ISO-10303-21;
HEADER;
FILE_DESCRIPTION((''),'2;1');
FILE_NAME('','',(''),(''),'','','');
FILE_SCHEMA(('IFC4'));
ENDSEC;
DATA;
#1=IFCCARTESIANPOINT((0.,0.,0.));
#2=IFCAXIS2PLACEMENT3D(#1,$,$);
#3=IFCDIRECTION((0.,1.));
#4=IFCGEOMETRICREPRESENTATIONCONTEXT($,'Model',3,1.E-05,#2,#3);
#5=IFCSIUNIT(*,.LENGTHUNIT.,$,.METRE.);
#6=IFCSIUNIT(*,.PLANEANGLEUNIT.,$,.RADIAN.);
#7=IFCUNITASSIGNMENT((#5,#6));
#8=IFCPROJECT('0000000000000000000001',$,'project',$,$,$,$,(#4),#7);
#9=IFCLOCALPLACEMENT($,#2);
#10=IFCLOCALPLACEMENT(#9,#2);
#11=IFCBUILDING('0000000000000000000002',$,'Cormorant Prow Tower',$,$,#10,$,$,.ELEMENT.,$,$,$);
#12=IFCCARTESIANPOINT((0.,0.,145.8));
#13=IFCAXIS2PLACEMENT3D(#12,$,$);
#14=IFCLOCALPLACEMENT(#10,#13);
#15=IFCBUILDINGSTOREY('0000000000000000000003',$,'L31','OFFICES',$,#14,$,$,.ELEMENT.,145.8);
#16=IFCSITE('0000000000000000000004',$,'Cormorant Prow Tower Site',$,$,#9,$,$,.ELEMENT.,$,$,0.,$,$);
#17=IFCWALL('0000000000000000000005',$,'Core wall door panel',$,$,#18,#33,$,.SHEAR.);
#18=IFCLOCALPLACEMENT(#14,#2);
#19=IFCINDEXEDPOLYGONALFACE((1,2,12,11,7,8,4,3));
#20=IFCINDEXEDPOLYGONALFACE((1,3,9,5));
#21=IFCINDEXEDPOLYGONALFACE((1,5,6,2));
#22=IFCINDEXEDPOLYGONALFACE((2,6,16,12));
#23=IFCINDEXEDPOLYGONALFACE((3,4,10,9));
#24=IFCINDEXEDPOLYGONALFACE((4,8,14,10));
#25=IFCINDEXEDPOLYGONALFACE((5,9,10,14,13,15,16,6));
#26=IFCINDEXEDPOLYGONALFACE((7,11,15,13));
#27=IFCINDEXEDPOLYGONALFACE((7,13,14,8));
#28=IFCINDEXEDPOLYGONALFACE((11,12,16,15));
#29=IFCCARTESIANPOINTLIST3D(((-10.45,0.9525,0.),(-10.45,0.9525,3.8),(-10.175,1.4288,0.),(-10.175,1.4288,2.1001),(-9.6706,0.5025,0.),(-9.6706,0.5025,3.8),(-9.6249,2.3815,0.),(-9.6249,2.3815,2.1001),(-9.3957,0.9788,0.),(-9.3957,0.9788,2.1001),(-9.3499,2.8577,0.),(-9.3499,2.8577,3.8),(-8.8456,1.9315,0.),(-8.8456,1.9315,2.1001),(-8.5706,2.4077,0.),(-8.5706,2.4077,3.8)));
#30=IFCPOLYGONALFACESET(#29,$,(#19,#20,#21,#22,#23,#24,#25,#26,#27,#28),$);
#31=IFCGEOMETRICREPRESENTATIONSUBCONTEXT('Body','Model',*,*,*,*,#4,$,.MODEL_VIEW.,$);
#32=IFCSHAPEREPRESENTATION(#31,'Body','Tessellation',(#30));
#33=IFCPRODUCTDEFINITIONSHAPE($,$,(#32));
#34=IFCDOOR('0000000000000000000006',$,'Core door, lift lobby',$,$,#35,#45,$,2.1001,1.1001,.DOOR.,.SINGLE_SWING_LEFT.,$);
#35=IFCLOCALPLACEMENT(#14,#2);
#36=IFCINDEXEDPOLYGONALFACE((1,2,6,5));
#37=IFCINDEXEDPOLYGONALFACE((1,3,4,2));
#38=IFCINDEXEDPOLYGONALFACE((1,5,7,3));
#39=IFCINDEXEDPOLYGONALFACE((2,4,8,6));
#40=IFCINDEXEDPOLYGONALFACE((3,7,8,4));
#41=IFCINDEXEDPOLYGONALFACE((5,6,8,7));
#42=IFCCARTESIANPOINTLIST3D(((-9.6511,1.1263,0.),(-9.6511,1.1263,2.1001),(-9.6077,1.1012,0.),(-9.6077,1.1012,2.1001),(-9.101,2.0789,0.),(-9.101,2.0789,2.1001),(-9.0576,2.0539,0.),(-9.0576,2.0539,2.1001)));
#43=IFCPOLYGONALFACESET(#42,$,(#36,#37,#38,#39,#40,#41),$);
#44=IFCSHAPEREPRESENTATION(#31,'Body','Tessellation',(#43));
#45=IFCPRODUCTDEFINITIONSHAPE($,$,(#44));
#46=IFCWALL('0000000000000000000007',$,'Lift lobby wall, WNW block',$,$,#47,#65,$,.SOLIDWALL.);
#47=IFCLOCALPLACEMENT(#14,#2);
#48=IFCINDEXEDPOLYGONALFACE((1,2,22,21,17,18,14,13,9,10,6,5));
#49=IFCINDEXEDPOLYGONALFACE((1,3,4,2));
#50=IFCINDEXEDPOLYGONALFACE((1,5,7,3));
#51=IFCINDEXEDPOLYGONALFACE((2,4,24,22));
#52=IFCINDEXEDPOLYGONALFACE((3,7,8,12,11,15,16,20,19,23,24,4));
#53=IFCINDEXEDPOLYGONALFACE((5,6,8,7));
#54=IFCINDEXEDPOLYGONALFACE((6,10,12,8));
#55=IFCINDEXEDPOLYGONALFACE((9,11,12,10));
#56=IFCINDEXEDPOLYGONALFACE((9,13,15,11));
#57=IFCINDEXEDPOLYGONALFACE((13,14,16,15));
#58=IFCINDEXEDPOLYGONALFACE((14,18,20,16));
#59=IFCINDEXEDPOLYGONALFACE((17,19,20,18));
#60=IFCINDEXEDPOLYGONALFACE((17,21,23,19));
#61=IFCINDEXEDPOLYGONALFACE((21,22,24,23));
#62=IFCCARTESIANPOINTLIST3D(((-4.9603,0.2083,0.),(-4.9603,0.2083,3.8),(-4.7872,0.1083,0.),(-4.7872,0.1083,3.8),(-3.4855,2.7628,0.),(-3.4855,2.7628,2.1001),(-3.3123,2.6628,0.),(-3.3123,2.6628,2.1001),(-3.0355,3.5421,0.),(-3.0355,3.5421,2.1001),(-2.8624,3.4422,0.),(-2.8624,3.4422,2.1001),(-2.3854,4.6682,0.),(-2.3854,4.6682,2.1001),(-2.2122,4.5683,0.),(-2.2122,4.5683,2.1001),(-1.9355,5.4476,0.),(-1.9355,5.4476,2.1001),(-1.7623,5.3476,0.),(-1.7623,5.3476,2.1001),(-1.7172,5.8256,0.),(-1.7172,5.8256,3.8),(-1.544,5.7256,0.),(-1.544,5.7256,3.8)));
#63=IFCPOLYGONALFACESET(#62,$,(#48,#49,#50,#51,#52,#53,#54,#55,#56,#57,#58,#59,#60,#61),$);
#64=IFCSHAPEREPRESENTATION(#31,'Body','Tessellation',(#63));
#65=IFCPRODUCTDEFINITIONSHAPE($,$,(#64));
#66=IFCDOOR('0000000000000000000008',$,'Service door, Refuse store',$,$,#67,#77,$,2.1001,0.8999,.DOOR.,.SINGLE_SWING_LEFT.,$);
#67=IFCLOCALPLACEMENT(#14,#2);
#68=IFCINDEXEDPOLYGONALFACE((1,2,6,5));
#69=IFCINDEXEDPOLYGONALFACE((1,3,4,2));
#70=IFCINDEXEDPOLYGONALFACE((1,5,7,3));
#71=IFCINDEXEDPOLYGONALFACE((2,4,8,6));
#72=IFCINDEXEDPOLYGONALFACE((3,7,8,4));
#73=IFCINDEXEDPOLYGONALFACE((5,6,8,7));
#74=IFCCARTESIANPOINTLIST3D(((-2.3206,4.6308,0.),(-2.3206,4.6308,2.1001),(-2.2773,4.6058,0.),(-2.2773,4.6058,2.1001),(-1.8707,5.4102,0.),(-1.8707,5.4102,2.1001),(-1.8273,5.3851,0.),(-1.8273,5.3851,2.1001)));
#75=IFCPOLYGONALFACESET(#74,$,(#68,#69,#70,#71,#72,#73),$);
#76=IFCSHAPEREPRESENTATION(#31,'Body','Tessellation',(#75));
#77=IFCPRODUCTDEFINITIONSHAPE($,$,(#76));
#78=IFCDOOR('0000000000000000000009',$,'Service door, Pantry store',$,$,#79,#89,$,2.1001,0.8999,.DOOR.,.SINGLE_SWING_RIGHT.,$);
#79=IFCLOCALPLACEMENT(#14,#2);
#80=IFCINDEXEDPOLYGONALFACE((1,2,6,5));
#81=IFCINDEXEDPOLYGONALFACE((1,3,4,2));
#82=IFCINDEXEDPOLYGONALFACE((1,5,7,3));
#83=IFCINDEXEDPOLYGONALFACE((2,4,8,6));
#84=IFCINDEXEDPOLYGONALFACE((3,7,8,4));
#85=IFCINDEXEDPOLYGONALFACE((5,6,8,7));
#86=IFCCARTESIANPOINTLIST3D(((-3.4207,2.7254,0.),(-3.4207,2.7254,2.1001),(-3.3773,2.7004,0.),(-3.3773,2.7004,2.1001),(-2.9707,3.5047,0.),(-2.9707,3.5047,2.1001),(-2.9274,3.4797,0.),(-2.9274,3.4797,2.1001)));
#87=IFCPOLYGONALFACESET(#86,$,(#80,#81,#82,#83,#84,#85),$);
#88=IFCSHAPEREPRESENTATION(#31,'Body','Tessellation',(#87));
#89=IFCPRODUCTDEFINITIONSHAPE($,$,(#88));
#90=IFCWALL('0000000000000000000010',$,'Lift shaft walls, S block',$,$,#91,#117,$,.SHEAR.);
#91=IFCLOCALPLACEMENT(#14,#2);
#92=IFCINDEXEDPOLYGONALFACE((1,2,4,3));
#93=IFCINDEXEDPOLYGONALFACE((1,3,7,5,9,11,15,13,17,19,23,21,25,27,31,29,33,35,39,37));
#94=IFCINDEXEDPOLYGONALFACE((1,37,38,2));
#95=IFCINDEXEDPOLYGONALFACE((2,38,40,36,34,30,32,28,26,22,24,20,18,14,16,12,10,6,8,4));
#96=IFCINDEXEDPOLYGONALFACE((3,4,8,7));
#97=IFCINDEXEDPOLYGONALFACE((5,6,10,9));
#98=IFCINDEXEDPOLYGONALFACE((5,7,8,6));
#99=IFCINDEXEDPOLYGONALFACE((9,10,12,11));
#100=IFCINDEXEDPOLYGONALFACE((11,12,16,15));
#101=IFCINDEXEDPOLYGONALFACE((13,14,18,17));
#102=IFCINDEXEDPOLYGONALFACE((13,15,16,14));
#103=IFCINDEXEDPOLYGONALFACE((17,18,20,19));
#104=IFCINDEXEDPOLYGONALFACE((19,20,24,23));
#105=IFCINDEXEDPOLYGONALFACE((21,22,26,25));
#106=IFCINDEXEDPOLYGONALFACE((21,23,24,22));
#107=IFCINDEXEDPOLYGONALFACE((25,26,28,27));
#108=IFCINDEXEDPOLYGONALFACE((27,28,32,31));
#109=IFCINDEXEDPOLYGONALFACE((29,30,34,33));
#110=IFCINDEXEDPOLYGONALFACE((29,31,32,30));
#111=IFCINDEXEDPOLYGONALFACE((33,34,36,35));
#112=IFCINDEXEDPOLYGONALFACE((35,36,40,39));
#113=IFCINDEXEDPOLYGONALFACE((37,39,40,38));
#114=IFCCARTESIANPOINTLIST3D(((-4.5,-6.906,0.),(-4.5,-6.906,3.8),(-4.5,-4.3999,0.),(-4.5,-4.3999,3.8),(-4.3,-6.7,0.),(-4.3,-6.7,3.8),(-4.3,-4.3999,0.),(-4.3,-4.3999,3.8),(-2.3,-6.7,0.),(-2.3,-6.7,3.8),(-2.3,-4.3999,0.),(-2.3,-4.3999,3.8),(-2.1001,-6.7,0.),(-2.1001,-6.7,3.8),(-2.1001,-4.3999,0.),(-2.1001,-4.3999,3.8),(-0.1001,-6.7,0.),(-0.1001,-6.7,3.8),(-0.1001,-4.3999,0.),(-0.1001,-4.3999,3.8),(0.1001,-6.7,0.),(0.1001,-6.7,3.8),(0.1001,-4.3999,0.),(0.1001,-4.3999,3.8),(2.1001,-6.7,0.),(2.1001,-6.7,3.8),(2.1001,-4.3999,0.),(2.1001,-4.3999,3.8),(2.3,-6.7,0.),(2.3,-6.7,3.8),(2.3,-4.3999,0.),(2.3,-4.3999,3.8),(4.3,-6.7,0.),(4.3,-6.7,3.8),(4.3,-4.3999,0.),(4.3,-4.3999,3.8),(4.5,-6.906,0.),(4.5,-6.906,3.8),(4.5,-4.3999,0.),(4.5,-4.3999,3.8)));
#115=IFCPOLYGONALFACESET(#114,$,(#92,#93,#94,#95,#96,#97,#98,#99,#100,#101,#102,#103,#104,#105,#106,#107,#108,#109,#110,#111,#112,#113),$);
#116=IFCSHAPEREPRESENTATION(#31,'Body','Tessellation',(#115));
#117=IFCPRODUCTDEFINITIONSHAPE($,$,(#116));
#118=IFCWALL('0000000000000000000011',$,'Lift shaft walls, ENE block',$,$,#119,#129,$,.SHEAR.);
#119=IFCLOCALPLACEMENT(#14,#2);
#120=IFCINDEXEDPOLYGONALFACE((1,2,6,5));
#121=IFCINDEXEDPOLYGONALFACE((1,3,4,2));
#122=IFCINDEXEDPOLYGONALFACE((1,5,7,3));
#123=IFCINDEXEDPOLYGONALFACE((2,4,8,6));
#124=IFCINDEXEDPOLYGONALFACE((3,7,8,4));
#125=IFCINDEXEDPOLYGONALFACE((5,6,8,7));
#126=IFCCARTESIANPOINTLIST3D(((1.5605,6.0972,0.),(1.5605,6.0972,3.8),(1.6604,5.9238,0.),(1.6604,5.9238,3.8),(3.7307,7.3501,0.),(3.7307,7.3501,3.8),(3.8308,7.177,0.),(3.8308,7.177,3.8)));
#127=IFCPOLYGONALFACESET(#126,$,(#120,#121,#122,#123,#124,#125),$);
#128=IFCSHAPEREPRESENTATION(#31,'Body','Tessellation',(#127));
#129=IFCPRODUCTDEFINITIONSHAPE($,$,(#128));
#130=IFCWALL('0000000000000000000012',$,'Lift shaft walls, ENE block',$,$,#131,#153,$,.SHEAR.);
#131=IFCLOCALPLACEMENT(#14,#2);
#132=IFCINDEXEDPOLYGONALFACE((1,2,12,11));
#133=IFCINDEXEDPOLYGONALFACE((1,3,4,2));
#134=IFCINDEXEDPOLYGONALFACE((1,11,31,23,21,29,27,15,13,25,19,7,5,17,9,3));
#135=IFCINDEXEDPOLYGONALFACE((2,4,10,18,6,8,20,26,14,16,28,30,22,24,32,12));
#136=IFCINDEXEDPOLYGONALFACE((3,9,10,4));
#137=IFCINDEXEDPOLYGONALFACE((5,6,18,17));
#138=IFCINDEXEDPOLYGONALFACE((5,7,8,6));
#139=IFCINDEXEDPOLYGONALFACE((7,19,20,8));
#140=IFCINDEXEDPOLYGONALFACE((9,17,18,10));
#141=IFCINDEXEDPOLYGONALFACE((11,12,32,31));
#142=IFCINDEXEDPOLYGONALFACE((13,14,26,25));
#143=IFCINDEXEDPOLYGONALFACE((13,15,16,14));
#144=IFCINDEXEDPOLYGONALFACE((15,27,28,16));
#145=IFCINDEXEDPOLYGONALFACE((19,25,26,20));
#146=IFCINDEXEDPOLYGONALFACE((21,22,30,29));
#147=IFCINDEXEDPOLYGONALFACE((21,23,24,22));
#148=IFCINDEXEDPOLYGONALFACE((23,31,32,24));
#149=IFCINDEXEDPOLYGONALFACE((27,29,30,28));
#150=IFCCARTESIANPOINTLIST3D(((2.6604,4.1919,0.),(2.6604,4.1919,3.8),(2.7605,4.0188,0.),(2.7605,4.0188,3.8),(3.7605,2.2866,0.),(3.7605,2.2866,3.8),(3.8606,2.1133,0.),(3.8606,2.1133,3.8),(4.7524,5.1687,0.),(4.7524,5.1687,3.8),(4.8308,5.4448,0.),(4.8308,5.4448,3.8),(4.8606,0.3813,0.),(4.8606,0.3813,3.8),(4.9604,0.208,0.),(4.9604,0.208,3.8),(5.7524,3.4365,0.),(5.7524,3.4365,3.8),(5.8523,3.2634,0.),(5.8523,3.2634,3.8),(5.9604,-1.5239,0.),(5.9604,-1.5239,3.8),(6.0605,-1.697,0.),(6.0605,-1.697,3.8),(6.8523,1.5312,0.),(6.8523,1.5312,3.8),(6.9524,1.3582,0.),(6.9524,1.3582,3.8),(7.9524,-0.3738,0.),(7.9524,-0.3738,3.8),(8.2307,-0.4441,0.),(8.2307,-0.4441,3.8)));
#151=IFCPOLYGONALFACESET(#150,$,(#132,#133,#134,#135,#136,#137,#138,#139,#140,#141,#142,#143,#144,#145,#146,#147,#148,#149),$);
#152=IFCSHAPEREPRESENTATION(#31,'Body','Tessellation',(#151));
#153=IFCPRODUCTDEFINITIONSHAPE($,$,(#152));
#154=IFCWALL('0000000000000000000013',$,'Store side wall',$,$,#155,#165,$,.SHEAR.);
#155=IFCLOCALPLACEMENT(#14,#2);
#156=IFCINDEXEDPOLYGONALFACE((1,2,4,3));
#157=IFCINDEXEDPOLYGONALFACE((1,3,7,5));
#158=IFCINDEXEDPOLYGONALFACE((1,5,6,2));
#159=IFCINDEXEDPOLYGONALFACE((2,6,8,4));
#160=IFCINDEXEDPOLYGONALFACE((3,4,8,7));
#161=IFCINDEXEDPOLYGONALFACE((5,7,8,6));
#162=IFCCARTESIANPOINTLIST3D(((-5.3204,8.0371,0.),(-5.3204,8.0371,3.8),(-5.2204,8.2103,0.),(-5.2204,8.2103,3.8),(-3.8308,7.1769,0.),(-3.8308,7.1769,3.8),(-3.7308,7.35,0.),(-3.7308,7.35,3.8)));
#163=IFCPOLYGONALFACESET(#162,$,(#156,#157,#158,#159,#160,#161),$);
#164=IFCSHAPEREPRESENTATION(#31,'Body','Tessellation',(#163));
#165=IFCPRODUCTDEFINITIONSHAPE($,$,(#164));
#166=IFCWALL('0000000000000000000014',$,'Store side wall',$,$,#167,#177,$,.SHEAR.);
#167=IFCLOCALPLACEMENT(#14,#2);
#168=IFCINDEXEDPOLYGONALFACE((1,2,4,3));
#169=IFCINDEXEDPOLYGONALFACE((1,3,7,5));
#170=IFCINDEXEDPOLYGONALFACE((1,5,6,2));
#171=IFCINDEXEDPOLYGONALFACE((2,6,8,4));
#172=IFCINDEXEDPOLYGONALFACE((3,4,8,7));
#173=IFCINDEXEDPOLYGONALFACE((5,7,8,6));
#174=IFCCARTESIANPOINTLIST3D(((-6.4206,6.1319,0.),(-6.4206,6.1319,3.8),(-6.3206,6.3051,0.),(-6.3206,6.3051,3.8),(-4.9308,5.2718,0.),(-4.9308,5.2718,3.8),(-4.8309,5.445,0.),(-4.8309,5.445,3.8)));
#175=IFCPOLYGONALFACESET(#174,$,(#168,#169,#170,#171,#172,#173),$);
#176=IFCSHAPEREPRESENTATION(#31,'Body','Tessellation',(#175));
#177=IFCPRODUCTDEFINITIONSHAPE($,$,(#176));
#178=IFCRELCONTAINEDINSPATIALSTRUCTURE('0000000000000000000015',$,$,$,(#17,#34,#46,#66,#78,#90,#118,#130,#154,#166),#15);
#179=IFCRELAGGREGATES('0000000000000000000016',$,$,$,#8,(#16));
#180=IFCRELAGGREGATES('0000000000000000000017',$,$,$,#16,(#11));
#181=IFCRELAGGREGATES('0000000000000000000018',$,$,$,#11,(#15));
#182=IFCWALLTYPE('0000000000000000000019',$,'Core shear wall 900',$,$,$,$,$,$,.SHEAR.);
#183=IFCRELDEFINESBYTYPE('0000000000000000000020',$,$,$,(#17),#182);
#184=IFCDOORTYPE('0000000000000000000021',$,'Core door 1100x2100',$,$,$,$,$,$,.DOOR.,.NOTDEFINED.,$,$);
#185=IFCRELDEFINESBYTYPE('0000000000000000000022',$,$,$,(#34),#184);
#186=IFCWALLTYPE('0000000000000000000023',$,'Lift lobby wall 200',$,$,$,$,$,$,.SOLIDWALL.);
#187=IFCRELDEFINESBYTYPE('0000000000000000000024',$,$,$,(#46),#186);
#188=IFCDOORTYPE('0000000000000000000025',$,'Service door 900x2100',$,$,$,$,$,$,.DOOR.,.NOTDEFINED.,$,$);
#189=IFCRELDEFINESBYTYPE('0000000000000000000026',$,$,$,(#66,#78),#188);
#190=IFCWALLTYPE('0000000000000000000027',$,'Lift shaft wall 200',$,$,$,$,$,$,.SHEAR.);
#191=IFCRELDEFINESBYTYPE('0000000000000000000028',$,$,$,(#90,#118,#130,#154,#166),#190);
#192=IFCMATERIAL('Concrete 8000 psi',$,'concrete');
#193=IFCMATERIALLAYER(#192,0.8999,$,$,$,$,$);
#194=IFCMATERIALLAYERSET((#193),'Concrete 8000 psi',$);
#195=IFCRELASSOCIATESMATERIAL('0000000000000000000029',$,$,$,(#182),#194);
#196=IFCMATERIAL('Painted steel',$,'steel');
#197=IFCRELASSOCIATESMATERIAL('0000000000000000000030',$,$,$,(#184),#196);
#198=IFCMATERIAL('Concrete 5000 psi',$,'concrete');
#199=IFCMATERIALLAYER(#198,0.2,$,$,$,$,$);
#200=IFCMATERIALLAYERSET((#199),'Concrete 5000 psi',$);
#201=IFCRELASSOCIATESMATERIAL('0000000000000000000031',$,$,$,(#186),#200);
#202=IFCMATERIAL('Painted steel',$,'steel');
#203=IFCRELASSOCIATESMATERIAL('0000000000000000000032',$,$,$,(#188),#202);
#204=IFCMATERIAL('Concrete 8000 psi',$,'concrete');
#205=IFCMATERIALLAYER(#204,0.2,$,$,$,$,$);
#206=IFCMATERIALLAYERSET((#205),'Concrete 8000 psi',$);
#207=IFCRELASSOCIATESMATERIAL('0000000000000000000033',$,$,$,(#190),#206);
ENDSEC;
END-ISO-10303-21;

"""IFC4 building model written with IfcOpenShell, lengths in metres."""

from ifc_helpers import new_model, si_unit, direction, frame, frame_2d, origin, place, context, subcontext, project, spatial, polyline, rectangle, outline, extrude, material, layer, layer_set, type_object, element, fill, save


model = new_model("IFC4")

# Units and contexts
model_context = context("Model", 3, precision=1e-05, world=origin(), true_north=direction((0.0, 1.0)))
body_context = subcontext(model_context, "Body", "Model", "MODEL_VIEW")
ifc_project = project(units=[si_unit("LENGTHUNIT", "METRE"), si_unit("PLANEANGLEUNIT", "RADIAN")], contexts=[model_context])

# Site, building, storey
site_placement = place(None, origin())
site = spatial("IfcSite", under=ifc_project, at=site_placement, Name="Cormorant Prow Tower Site", CompositionType="ELEMENT", RefElevation=0.0)
building_placement = place(site_placement, origin())
building = spatial("IfcBuilding", under=site, at=building_placement, Name="Cormorant Prow Tower", CompositionType="ELEMENT")
storey_placement = place(building_placement, frame((0.0, 0.0, 145.8)))
storey = spatial("IfcBuildingStorey", under=building, at=storey_placement, Name="L31", Description="OFFICES", CompositionType="ELEMENT", Elevation=145.8)

# Shared definitions
ifc_material_1 = material(Name="Concrete 8000 psi", Category="concrete")
ifc_layer_1 = layer(ifc_material_1, 0.8999)
ifc_layer_set_1 = layer_set([ifc_layer_1], Name="Concrete 8000 psi")
wall_type_1 = type_object("IfcWallType", Name="Core shear wall 900", PredefinedType="SHEAR", material=ifc_layer_set_1)

# Wall, opening, door
wall_1_placement = place(storey_placement, frame((-8.9602, 2.6328, 0.0), z_axis=(0.0, 0.0, 1.0), x_axis=(-0.50003, -0.866008, 0.0)))
wall_1 = element("IfcWall", 1, at=wall_1_placement, inside=storey, type_object=wall_type_1, Name="Core wall door panel", PredefinedType="SHEAR", context=body_context, shape_type="SweptSolid", body=[
    extrude(rectangle(XDim=2.2, YDim=0.8999, at=frame_2d((1.1001, 0.0))), origin(), (0.0, 0.0, 1.0), 3.8),
])
opening_1_placement = place(wall_1_placement, frame((0.55, 0.0, 0.0)))
opening_1 = element("IfcOpeningElement", 2, at=opening_1_placement, cuts=wall_1, PredefinedType="OPENING", context=body_context, shape_type="SweptSolid", body=[
    extrude(rectangle(XDim=1.1001, YDim=2.1001, at=frame_2d((0.55, 1.05))), frame((0.0, 0.46, 0.0), z_axis=(0.0, -1.0, 0.0), x_axis=(1.0, 0.0, 0.0)), (0.0, 0.0, 1.0), 0.9199),
])
ifc_material_2 = material(Name="Painted steel", Category="steel")
door_type_1 = type_object("IfcDoorType", Name="Core door 1100x2100", OperationType="NOTDEFINED", PredefinedType="DOOR", material=ifc_material_2)
door_1_placement = place(opening_1_placement, origin())
door_1 = element("IfcDoor", 3, at=door_1_placement, inside=storey, type_object=door_type_1, Name="Core door, lift lobby", OperationType="SINGLE_SWING_LEFT", OverallHeight=2.1001, OverallWidth=1.1001, PredefinedType="DOOR", context=body_context, shape_type="SweptSolid", body=[
    extrude(rectangle(XDim=1.1001, YDim=2.1001, at=frame_2d((0.55, 1.05))), frame((0.0, 0.2051, 0.0), z_axis=(0.0, -1.0, 0.0), x_axis=(1.0, 0.0, 0.0)), (0.0, 0.0, 1.0), 0.05),
])
fill(opening_1, door_1)

# Wall, openings, doors
ifc_material_3 = material(Name="Concrete 5000 psi", Category="concrete")
ifc_layer_2 = layer(ifc_material_3, 0.2)
ifc_layer_set_2 = layer_set([ifc_layer_2], Name="Concrete 5000 psi")
wall_type_2 = type_object("IfcWallType", Name="Lift lobby wall 200", PredefinedType="SOLIDWALL", material=ifc_layer_set_2)
wall_2_placement = place(storey_placement, frame((-1.6306, 5.7756, 0.0), z_axis=(0.0, 0.0, 1.0), x_axis=(-0.499993, -0.86603, 0.0)))
wall_2 = element("IfcWall", 4, at=wall_2_placement, inside=storey, type_object=wall_type_2, Name="Lift lobby wall, WNW block", PredefinedType="SOLIDWALL", context=body_context, shape_type="SweptSolid", body=[
    extrude(rectangle(XDim=6.4863, YDim=0.2, at=frame_2d((3.2432, 0.0))), origin(), (0.0, 0.0, 1.0), 3.8),
])
opening_2_placement = place(wall_2_placement, frame((0.4365, 0.0, 0.0)))
opening_2 = element("IfcOpeningElement", 5, at=opening_2_placement, cuts=wall_2, PredefinedType="OPENING", context=body_context, shape_type="SweptSolid", body=[
    extrude(rectangle(XDim=0.8999, YDim=2.1001, at=frame_2d((0.45, 1.05))), frame((0.0, 0.1099, 0.0), z_axis=(0.0, -1.0, 0.0), x_axis=(1.0, 0.0, 0.0)), (0.0, 0.0, 1.0), 0.22),
])
opening_3_placement = place(wall_2_placement, frame((2.6367, 0.0, 0.0)))
opening_3 = element("IfcOpeningElement", 6, at=opening_3_placement, cuts=wall_2, PredefinedType="OPENING", context=body_context, shape_type="SweptSolid", body=[
    extrude(rectangle(XDim=0.8999, YDim=2.1001, at=frame_2d((0.45, 1.05))), frame((0.0, 0.1099, 0.0), z_axis=(0.0, -1.0, 0.0), x_axis=(1.0, 0.0, 0.0)), (0.0, 0.0, 1.0), 0.22),
])
ifc_material_4 = material(Name="Painted steel", Category="steel")
door_type_2 = type_object("IfcDoorType", Name="Service door 900x2100", OperationType="NOTDEFINED", PredefinedType="DOOR", material=ifc_material_4)
door_2_placement = place(opening_2_placement, origin())
door_2 = element("IfcDoor", 7, at=door_2_placement, inside=storey, type_object=door_type_2, Name="Service door, Refuse store", OperationType="SINGLE_SWING_LEFT", OverallHeight=2.1001, OverallWidth=0.8999, PredefinedType="DOOR", context=body_context, shape_type="SweptSolid", body=[
    extrude(rectangle(XDim=0.8999, YDim=2.1001, at=frame_2d((0.45, 1.05))), frame((0.0, 0.0249, 0.0), z_axis=(0.0, -1.0, 0.0), x_axis=(1.0, 0.0, 0.0)), (0.0, 0.0, 1.0), 0.05),
])
fill(opening_2, door_2)
door_3_placement = place(opening_3_placement, origin())
door_3 = element("IfcDoor", 8, at=door_3_placement, inside=storey, type_object=door_type_2, Name="Service door, Pantry store", OperationType="SINGLE_SWING_RIGHT", OverallHeight=2.1001, OverallWidth=0.8999, PredefinedType="DOOR", context=body_context, shape_type="SweptSolid", body=[
    extrude(rectangle(XDim=0.8999, YDim=2.1001, at=frame_2d((0.45, 1.05))), frame((0.0, 0.0249, 0.0), z_axis=(0.0, -1.0, 0.0), x_axis=(1.0, 0.0, 0.0)), (0.0, 0.0, 1.0), 0.05),
])
fill(opening_3, door_3)

# Walls
ifc_material_5 = material(Name="Concrete 8000 psi", Category="concrete")
ifc_layer_3 = layer(ifc_material_5, 0.2)
ifc_layer_set_3 = layer_set([ifc_layer_3], Name="Concrete 8000 psi")
wall_type_3 = type_object("IfcWallType", Name="Lift shaft wall 200", PredefinedType="SHEAR", material=ifc_layer_set_3)
wall_3_placement = place(storey_placement, origin())
element("IfcWall", 9, at=wall_3_placement, inside=storey, type_object=wall_type_3, Name="Lift shaft walls, S block", PredefinedType="SHEAR", context=body_context, shape_type="SweptSolid", body=[
    extrude(outline(polyline([(4.5, -4.3999), (4.5, -6.906), (-4.5, -6.906), (-4.5, -4.3999), (-4.3, -4.3999), (-4.3, -6.7), (-2.3, -6.7), (-2.3, -4.3999), (-2.1001, -4.3999), (-2.1001, -6.7), (-0.1001, -6.7), (-0.1001, -4.3999), (0.1001, -4.3999), (0.1001, -6.7), (2.1001, -6.7), (2.1001, -4.3999), (2.3, -4.3999), (2.3, -6.7), (4.3, -6.7), (4.3, -4.3999), (4.5, -4.3999)])), origin(), (0.0, 0.0, 1.0), 3.8),
])
wall_4_placement = place(storey_placement, origin())
element("IfcWall", 10, at=wall_4_placement, inside=storey, type_object=wall_type_3, Name="Lift shaft walls, ENE block", PredefinedType="SHEAR", context=body_context, shape_type="SweptSolid", body=[
    extrude(outline(polyline([(1.5605, 6.0972), (3.7307, 7.3501), (3.8308, 7.177), (1.6604, 5.9238), (1.5605, 6.0972)])), origin(), (0.0, 0.0, 1.0), 3.8),
])
wall_5_placement = place(storey_placement, origin())
element("IfcWall", 11, at=wall_5_placement, inside=storey, type_object=wall_type_3, Name="Lift shaft walls, ENE block", PredefinedType="SHEAR", context=body_context, shape_type="SweptSolid", body=[
    extrude(outline(polyline([(2.6604, 4.1919), (4.8308, 5.4448), (8.2307, -0.4441), (6.0605, -1.697), (5.9604, -1.5239), (7.9524, -0.3738), (6.9524, 1.3582), (4.9604, 0.208), (4.8606, 0.3813), (6.8523, 1.5312), (5.8523, 3.2634), (3.8606, 2.1133), (3.7605, 2.2866), (5.7524, 3.4365), (4.7524, 5.1687), (2.7605, 4.0188), (2.6604, 4.1919)])), origin(), (0.0, 0.0, 1.0), 3.8),
])
for number, where, z_axis, x_axis, name in (
    (12, (-3.7808, 7.2634, 0.0), (0.0, 0.0, 1.0), (-0.865963, 0.500107, 0.0), "Store side wall"),
    (13, (-4.8809, 5.3584, 0.0), (0.0, 0.0, 1.0), (-0.866025, 0.500001, 0.0), "Store side wall"),
):
    element("IfcWall", number, at=place(storey_placement, frame(where, z_axis=z_axis, x_axis=x_axis)), inside=storey, type_object=wall_type_3, Name=name, PredefinedType="SHEAR", context=body_context, shape_type="SweptSolid", body=[
        extrude(rectangle(XDim=1.7202, YDim=0.2, at=frame_2d((0.8601, 0.0))), origin(), (0.0, 0.0, 1.0), 3.8),
    ])

save(model, "model.ifc")
